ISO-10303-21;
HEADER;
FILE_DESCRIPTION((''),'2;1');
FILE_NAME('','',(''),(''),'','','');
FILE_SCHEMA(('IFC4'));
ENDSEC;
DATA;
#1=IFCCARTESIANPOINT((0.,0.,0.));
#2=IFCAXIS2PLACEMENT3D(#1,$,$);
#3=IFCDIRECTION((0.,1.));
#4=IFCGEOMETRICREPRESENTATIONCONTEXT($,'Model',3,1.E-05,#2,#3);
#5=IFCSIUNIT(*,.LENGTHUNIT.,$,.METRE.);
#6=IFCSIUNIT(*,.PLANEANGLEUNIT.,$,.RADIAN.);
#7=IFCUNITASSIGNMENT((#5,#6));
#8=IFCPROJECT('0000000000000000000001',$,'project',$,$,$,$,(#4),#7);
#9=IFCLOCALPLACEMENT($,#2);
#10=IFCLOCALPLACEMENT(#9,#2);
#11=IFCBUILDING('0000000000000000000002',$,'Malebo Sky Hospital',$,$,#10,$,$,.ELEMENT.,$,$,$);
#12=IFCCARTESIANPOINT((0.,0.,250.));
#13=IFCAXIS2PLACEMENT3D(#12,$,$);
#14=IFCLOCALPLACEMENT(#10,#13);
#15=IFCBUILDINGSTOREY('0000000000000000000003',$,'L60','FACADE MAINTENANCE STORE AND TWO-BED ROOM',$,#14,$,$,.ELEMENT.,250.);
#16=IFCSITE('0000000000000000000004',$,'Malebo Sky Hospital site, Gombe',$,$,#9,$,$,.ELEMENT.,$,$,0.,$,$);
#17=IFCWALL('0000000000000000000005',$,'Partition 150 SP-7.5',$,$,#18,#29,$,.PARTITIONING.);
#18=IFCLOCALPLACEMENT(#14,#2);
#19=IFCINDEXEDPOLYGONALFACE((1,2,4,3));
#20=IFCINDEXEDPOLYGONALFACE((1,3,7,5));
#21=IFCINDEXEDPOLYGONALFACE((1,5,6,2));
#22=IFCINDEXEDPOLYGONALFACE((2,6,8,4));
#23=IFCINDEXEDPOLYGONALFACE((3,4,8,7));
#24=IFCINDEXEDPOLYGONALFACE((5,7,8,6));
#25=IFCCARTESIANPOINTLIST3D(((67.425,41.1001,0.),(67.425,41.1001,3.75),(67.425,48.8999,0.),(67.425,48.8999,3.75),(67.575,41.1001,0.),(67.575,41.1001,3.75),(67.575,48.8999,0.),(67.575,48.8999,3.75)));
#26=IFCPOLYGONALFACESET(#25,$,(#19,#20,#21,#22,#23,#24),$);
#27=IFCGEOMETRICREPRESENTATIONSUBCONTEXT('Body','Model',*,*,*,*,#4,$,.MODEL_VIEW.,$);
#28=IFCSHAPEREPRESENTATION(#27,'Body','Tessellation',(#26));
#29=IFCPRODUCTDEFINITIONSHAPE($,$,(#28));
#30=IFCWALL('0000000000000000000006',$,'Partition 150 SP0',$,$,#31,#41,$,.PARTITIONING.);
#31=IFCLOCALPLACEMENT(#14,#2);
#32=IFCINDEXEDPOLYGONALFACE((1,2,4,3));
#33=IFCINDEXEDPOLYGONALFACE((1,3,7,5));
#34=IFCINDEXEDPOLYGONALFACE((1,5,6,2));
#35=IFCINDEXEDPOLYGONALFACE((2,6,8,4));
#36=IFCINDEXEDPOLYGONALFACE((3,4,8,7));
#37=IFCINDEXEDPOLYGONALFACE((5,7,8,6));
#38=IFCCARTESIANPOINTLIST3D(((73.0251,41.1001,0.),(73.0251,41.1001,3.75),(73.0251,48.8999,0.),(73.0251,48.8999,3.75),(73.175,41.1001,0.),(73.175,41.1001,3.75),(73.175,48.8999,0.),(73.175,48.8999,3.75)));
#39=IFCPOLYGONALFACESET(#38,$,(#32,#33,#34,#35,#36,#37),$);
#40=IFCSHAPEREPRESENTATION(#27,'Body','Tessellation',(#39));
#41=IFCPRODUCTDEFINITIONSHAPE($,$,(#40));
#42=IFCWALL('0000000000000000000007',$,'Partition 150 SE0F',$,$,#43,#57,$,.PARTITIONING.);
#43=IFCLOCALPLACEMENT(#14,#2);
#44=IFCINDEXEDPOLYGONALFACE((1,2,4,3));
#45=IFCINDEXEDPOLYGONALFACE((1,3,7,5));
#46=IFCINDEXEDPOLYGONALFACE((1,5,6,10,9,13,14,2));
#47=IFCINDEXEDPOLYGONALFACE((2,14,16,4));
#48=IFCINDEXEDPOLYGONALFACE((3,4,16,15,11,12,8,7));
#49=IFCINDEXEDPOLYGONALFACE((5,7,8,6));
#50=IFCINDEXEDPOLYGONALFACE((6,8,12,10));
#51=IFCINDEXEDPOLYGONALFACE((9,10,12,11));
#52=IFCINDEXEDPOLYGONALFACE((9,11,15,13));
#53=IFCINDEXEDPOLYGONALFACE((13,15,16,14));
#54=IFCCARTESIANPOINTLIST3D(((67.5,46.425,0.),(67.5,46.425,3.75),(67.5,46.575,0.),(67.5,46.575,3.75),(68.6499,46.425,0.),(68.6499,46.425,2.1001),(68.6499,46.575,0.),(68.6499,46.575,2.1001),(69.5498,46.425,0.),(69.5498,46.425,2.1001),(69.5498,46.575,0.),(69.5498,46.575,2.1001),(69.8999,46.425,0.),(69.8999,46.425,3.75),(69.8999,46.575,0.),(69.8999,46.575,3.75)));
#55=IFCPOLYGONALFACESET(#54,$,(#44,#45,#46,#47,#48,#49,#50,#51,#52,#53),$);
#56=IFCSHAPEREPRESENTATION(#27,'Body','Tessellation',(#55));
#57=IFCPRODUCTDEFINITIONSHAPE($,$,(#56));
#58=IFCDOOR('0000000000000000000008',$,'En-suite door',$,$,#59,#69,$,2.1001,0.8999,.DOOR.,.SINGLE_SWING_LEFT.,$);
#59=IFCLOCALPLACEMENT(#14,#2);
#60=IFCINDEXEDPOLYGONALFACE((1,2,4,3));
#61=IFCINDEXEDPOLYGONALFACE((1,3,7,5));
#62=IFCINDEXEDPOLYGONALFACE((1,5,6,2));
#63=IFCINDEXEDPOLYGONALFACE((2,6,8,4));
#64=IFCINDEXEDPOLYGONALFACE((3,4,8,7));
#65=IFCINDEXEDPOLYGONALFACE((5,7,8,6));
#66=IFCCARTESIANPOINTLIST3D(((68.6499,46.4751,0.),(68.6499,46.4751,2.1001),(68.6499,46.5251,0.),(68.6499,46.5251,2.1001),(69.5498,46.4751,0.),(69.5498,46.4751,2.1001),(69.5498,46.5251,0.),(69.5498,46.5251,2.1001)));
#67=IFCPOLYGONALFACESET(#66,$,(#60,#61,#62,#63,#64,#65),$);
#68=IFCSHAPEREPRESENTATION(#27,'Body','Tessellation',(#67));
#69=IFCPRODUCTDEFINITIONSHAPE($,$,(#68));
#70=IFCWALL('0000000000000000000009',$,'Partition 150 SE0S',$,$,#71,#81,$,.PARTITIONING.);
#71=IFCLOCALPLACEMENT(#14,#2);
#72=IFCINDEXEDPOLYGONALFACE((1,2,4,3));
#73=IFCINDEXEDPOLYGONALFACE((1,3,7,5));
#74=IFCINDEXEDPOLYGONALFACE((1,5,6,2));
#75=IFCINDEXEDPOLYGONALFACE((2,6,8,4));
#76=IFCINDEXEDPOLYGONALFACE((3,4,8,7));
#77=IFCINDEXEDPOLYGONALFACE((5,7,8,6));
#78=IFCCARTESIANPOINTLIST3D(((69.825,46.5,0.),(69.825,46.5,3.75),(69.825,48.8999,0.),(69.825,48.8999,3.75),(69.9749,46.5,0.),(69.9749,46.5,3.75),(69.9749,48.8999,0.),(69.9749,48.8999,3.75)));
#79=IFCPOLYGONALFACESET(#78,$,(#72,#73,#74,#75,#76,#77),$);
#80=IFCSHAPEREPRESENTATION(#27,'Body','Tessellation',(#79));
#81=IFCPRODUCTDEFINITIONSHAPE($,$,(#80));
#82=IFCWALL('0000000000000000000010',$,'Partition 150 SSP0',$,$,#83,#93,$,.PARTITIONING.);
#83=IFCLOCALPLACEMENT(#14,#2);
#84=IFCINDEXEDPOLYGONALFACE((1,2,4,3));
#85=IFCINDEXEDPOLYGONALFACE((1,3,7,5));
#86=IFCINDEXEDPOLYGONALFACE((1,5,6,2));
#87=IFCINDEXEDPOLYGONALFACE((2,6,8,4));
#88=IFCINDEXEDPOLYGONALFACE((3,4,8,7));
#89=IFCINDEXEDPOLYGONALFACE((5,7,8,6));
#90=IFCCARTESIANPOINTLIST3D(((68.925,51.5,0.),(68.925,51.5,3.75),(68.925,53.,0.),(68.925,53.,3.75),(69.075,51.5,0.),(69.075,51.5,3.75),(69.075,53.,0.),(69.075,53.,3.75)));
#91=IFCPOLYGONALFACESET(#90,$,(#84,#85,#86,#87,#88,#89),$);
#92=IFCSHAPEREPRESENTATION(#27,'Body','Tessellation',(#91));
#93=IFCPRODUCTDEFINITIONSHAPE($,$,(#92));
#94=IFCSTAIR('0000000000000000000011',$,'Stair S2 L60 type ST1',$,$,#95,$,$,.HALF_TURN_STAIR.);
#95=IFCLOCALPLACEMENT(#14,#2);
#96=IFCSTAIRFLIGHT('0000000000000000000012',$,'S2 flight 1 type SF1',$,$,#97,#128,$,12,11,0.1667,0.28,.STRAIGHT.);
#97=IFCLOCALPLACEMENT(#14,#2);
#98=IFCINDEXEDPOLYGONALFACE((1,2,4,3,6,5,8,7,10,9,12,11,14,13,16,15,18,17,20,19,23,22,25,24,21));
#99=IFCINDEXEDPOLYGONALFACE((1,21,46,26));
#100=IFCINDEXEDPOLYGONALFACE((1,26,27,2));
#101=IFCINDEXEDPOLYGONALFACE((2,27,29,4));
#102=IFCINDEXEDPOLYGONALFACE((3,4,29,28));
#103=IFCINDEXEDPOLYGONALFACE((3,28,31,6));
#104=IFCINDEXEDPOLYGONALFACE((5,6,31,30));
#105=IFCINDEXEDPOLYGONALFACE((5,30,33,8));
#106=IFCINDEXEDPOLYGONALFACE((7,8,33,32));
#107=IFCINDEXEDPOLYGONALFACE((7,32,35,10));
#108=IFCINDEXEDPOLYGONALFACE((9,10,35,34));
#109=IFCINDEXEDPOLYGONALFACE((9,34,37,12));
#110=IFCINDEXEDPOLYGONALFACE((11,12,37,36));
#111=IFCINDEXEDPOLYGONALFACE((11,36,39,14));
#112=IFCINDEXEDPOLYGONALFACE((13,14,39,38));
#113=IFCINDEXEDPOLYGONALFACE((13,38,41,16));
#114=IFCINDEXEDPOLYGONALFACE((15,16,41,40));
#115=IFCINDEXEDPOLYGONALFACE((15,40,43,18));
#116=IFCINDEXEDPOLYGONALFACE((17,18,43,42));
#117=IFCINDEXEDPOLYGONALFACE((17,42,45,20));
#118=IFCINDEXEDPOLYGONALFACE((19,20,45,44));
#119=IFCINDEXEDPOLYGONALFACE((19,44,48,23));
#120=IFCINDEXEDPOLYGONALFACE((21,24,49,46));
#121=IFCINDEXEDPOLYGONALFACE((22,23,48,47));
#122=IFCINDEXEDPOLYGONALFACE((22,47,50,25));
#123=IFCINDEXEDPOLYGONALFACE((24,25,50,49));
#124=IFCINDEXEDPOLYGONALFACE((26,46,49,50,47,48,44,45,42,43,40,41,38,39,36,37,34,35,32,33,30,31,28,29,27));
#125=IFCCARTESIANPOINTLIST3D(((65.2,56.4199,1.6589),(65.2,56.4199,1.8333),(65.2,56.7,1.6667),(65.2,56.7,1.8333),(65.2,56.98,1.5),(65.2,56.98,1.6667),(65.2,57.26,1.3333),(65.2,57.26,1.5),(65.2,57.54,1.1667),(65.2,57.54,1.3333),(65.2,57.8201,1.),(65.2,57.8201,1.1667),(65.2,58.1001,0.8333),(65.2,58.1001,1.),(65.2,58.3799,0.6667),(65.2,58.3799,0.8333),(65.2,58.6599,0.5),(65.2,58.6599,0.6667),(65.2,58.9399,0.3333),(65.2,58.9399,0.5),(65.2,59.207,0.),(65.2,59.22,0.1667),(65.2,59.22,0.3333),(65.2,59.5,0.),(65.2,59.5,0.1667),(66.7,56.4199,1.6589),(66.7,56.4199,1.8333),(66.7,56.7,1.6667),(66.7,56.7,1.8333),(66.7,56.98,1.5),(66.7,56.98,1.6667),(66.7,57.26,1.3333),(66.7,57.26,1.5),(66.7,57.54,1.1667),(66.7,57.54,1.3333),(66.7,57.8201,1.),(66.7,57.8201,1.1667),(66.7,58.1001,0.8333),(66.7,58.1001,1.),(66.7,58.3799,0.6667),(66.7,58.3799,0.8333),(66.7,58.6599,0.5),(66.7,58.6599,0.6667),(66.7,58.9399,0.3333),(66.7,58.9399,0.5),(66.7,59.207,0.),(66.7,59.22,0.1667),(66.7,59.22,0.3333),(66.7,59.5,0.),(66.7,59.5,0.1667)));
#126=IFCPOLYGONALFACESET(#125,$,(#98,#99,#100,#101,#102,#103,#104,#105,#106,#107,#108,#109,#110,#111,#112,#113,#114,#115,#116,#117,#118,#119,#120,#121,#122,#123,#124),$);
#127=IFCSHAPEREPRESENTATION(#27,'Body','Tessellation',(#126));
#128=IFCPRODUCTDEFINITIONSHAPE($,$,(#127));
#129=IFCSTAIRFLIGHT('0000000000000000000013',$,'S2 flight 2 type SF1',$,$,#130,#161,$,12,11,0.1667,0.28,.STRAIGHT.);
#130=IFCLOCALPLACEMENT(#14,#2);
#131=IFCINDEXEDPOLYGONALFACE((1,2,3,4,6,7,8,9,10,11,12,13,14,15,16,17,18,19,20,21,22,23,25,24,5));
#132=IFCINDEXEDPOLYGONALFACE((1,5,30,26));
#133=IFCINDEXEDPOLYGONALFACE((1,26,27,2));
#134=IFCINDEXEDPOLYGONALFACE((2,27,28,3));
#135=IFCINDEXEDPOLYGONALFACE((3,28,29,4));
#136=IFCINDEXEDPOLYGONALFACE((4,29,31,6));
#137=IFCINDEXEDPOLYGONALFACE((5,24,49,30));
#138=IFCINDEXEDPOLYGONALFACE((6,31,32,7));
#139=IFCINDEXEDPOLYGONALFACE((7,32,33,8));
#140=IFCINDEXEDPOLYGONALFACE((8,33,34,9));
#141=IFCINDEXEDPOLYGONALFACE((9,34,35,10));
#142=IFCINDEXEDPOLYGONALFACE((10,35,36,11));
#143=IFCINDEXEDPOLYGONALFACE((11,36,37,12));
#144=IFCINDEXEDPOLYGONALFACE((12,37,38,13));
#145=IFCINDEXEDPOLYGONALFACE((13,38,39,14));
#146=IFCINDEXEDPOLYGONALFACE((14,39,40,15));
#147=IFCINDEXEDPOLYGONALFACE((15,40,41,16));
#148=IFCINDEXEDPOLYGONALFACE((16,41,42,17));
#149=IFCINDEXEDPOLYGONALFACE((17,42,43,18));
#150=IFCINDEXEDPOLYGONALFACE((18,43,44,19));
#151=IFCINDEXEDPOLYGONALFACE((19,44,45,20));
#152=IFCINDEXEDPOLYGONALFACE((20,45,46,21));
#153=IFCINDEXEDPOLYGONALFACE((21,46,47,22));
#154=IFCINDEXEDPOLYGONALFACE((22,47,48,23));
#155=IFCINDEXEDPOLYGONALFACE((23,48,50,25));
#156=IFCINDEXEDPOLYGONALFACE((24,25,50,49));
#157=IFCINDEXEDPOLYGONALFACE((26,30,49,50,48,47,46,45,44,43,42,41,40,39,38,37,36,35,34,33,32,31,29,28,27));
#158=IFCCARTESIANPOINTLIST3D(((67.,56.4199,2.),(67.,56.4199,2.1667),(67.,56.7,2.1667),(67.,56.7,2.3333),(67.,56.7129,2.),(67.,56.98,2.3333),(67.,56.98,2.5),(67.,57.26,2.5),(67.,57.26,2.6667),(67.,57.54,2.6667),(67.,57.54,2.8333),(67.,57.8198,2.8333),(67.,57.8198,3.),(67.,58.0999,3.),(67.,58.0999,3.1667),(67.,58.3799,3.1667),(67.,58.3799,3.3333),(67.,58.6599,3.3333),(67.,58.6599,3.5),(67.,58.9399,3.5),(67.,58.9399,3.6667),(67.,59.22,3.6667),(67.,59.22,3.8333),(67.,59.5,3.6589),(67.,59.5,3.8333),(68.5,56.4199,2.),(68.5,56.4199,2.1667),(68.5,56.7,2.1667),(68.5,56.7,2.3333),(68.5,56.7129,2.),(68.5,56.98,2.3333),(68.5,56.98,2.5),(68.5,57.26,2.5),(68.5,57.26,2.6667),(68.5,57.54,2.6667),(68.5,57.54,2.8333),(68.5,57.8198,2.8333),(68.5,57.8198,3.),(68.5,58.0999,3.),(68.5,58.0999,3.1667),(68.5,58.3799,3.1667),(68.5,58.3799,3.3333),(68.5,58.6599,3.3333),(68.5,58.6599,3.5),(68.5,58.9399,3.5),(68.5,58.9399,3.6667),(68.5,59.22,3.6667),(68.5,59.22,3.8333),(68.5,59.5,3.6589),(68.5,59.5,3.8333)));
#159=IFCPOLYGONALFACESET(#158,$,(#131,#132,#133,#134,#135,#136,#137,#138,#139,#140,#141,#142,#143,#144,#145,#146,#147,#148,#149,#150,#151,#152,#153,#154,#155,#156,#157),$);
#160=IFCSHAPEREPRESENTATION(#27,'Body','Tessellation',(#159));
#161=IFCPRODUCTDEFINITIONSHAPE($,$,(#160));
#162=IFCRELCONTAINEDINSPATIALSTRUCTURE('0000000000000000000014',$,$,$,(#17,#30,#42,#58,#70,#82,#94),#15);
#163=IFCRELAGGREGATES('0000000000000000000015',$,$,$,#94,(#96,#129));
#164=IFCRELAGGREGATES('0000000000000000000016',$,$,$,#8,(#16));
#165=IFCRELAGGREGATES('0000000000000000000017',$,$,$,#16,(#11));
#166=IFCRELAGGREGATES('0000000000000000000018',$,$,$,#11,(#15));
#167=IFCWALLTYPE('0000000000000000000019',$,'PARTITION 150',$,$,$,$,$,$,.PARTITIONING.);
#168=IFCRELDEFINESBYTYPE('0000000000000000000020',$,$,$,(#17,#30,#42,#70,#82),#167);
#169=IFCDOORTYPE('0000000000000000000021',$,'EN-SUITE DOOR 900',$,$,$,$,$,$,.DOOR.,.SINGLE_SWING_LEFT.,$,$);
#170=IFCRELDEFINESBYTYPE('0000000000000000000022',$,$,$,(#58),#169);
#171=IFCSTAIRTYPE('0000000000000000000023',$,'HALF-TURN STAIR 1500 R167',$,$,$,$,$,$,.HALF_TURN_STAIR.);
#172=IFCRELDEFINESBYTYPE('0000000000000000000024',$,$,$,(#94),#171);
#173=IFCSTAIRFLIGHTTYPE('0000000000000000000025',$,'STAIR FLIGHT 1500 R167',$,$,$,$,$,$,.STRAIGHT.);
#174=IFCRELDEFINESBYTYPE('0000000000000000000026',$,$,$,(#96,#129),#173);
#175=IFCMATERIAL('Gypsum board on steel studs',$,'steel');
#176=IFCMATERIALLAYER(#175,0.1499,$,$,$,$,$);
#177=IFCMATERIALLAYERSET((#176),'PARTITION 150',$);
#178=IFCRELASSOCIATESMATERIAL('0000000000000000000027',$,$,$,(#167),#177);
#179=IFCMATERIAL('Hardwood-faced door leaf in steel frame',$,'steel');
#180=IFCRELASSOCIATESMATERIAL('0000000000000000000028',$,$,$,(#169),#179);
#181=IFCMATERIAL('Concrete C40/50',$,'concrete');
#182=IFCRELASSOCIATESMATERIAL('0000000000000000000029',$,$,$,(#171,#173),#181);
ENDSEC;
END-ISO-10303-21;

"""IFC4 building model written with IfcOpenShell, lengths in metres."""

from ifc_helpers import new_model, si_unit, direction, frame, frame_2d, origin, place, context, subcontext, project, spatial, polyline, rectangle, outline, extrude, material, layer, layer_set, type_object, element, fill, aggregate, save


model = new_model("IFC4")

# Units and contexts
model_context = context("Model", 3, precision=1e-05, world=origin(), true_north=direction((0.0, 1.0)))
body_context = subcontext(model_context, "Body", "Model", "MODEL_VIEW")
ifc_project = project(units=[si_unit("LENGTHUNIT", "METRE"), si_unit("PLANEANGLEUNIT", "RADIAN")], contexts=[model_context])

# Site, building, storey
site_placement = place(None, origin())
site = spatial("IfcSite", under=ifc_project, at=site_placement, Name="Malebo Sky Hospital site, Gombe", CompositionType="ELEMENT", RefElevation=0.0)
building_placement = place(site_placement, origin())
building = spatial("IfcBuilding", under=site, at=building_placement, Name="Malebo Sky Hospital", CompositionType="ELEMENT")
storey_placement = place(building_placement, frame((0.0, 0.0, 250.0)))
storey = spatial("IfcBuildingStorey", under=building, at=storey_placement, Name="L60", Description="FACADE MAINTENANCE STORE AND TWO-BED ROOM", CompositionType="ELEMENT", Elevation=250.0)

# Shared definitions
ifc_material_1 = material(Name="Hardwood-faced door leaf in steel frame", Category="steel")

# Shared definitions
ifc_material_2 = material(Name="Gypsum board on steel studs", Category="steel")

# Walls
ifc_layer_1 = layer(ifc_material_2, 0.1499)
ifc_layer_set_1 = layer_set([ifc_layer_1], Name="PARTITION 150")
wall_type_1 = type_object("IfcWallType", Name="PARTITION 150", PredefinedType="PARTITIONING", material=ifc_layer_set_1)
for number, where, z_axis, x_axis, name in (
    (1, (67.5, 48.8999, 0.0), (0.0, 0.0, 1.0), (0.0, -1.0, 0.0), "Partition 150 SP-7.5"),
    (2, (73.1001, 48.8999, 0.0), (0.0, 0.0, 1.0), (0.0, -1.0, 0.0), "Partition 150 SP0"),
):
    element("IfcWall", number, at=place(storey_placement, frame(where, z_axis=z_axis, x_axis=x_axis)), inside=storey, type_object=wall_type_1, Name=name, PredefinedType="PARTITIONING", context=body_context, shape_type="SweptSolid", body=[
        extrude(rectangle(XDim=7.7998, YDim=0.1499, at=frame_2d((3.8999, 0.0))), origin(), (0.0, 0.0, 1.0), 3.75),
    ])

# Wall, opening, door
wall_1_placement = place(storey_placement, frame((69.8999, 46.5, 0.0), z_axis=(0.0, 0.0, 1.0), x_axis=(-1.0, 0.0, 0.0)))
wall_1 = element("IfcWall", 3, at=wall_1_placement, inside=storey, type_object=wall_type_1, Name="Partition 150 SE0F", PredefinedType="PARTITIONING", context=body_context, shape_type="SweptSolid", body=[
    extrude(rectangle(XDim=2.3999, YDim=0.1499, at=frame_2d((1.2, 0.0))), origin(), (0.0, 0.0, 1.0), 3.75),
])
opening_1_placement = place(wall_1_placement, frame((0.3501, 0.0, 0.0)))
opening_1 = element("IfcOpeningElement", 4, at=opening_1_placement, cuts=wall_1, PredefinedType="OPENING", context=body_context, shape_type="SweptSolid", body=[
    extrude(rectangle(XDim=0.8999, YDim=2.1001, at=frame_2d((0.45, 1.05))), frame((0.0, 0.085, 0.0), z_axis=(0.0, -1.0, 0.0), x_axis=(1.0, 0.0, 0.0)), (0.0, 0.0, 1.0), 0.1699),
])
door_type_1 = type_object("IfcDoorType", Name="EN-SUITE DOOR 900", OperationType="SINGLE_SWING_LEFT", PredefinedType="DOOR", material=ifc_material_1)
door_1_placement = place(opening_1_placement, origin())
door_1 = element("IfcDoor", 5, at=door_1_placement, inside=storey, type_object=door_type_1, Name="En-suite door", OperationType="SINGLE_SWING_LEFT", OverallHeight=2.1001, OverallWidth=0.8999, PredefinedType="DOOR", context=body_context, shape_type="SweptSolid", body=[
    extrude(rectangle(XDim=0.8999, YDim=2.1001, at=frame_2d((0.45, 1.05))), frame((0.0, 0.0249, 0.0), z_axis=(0.0, -1.0, 0.0), x_axis=(1.0, 0.0, 0.0)), (0.0, 0.0, 1.0), 0.05),
])
fill(opening_1, door_1)

# Walls
wall_2_placement = place(storey_placement, frame((69.8999, 48.8999, 0.0), z_axis=(0.0, 0.0, 1.0), x_axis=(0.0, -1.0, 0.0)))
element("IfcWall", 6, at=wall_2_placement, inside=storey, type_object=wall_type_1, Name="Partition 150 SE0S", PredefinedType="PARTITIONING", context=body_context, shape_type="SweptSolid", body=[
    extrude(rectangle(XDim=2.3999, YDim=0.1499, at=frame_2d((1.2, 0.0))), origin(), (0.0, 0.0, 1.0), 3.75),
])
wall_3_placement = place(storey_placement, frame((69.0, 53.0, 0.0), z_axis=(0.0, 0.0, 1.0), x_axis=(0.0, -1.0, 0.0)))
element("IfcWall", 7, at=wall_3_placement, inside=storey, type_object=wall_type_1, Name="Partition 150 SSP0", PredefinedType="PARTITIONING", context=body_context, shape_type="SweptSolid", body=[
    extrude(rectangle(XDim=1.5, YDim=0.1499, at=frame_2d((0.75, 0.0))), origin(), (0.0, 0.0, 1.0), 3.75),
])

# Stair, stair flights
ifc_material_3 = material(Name="Concrete C40/50", Category="concrete")
stair_type = type_object("IfcStairType", Name="HALF-TURN STAIR 1500 R167", PredefinedType="HALF_TURN_STAIR", material=ifc_material_3)
stair_placement = place(storey_placement, origin())
stair = element("IfcStair", 8, at=stair_placement, inside=storey, type_object=stair_type, Name="Stair S2 L60 type ST1", PredefinedType="HALF_TURN_STAIR")
stair_flight_type = type_object("IfcStairFlightType", Name="STAIR FLIGHT 1500 R167", PredefinedType="STRAIGHT", material=ifc_material_3)
stair_flight_1_placement = place(storey_placement, frame((65.95, 59.5, 0.0), z_axis=(0.0, 0.0, 1.0), x_axis=(0.0, -1.0, 0.0)))
stair_flight_1 = element("IfcStairFlight", 9, at=stair_flight_1_placement, type_object=stair_flight_type, Name="S2 flight 1 type SF1", NumberOfRisers=12, NumberOfTreads=11, PredefinedType="STRAIGHT", RiserHeight=0.1667, TreadLength=0.28, context=body_context, shape_type="SweptSolid", body=[
    extrude(outline(polyline([(0.0, 0.0), (0.0, 0.1667), (0.28, 0.1667), (0.28, 0.3333), (0.5601, 0.3333), (0.5601, 0.5), (0.8401, 0.5), (0.8401, 0.6667), (1.1201, 0.6667), (1.1201, 0.8333), (1.3999, 0.8333), (1.3999, 1.0), (1.6799, 1.0), (1.6799, 1.1667), (1.96, 1.1667), (1.96, 1.3333), (2.24, 1.3333), (2.24, 1.5), (2.52, 1.5), (2.52, 1.6667), (2.8, 1.6667), (2.8, 1.8333), (3.0801, 1.8333), (3.0801, 2.0), (3.0801, 1.6589), (0.293, 0.0), (0.0, 0.0)])), frame((0.0, 0.75, 0.0), z_axis=(0.0, -1.0, 0.0), x_axis=(1.0, 0.0, 0.0)), (0.0, 0.0, 1.0), 1.5),
])
stair_flight_2_placement = place(storey_placement, frame((67.75, 56.4199, 2.0), z_axis=(0.0, 0.0, 1.0), x_axis=(0.0, 1.0, 0.0)))
stair_flight_2 = element("IfcStairFlight", 10, at=stair_flight_2_placement, type_object=stair_flight_type, Name="S2 flight 2 type SF1", NumberOfRisers=12, NumberOfTreads=11, PredefinedType="STRAIGHT", RiserHeight=0.1667, TreadLength=0.28, context=body_context, shape_type="SweptSolid", body=[
    extrude(outline(polyline([(0.0, 0.0), (0.0, 0.1667), (0.28, 0.1667), (0.28, 0.3333), (0.5601, 0.3333), (0.5601, 0.5), (0.8401, 0.5), (0.8401, 0.6667), (1.1201, 0.6667), (1.1201, 0.8333), (1.3999, 0.8333), (1.3999, 1.0), (1.6799, 1.0), (1.6799, 1.1667), (1.96, 1.1667), (1.96, 1.3333), (2.24, 1.3333), (2.24, 1.5), (2.52, 1.5), (2.52, 1.6667), (2.8, 1.6667), (2.8, 1.8333), (3.0801, 1.8333), (3.0801, 2.0), (3.0801, 1.6589), (0.293, 0.0), (0.0, 0.0)])), frame((0.0, 0.75, 0.0), z_axis=(0.0, -1.0, 0.0), x_axis=(1.0, 0.0, 0.0)), (0.0, 0.0, 1.0), 1.5),
])
aggregate(stair, [stair_flight_1, stair_flight_2])

save(model, "model.ifc")
